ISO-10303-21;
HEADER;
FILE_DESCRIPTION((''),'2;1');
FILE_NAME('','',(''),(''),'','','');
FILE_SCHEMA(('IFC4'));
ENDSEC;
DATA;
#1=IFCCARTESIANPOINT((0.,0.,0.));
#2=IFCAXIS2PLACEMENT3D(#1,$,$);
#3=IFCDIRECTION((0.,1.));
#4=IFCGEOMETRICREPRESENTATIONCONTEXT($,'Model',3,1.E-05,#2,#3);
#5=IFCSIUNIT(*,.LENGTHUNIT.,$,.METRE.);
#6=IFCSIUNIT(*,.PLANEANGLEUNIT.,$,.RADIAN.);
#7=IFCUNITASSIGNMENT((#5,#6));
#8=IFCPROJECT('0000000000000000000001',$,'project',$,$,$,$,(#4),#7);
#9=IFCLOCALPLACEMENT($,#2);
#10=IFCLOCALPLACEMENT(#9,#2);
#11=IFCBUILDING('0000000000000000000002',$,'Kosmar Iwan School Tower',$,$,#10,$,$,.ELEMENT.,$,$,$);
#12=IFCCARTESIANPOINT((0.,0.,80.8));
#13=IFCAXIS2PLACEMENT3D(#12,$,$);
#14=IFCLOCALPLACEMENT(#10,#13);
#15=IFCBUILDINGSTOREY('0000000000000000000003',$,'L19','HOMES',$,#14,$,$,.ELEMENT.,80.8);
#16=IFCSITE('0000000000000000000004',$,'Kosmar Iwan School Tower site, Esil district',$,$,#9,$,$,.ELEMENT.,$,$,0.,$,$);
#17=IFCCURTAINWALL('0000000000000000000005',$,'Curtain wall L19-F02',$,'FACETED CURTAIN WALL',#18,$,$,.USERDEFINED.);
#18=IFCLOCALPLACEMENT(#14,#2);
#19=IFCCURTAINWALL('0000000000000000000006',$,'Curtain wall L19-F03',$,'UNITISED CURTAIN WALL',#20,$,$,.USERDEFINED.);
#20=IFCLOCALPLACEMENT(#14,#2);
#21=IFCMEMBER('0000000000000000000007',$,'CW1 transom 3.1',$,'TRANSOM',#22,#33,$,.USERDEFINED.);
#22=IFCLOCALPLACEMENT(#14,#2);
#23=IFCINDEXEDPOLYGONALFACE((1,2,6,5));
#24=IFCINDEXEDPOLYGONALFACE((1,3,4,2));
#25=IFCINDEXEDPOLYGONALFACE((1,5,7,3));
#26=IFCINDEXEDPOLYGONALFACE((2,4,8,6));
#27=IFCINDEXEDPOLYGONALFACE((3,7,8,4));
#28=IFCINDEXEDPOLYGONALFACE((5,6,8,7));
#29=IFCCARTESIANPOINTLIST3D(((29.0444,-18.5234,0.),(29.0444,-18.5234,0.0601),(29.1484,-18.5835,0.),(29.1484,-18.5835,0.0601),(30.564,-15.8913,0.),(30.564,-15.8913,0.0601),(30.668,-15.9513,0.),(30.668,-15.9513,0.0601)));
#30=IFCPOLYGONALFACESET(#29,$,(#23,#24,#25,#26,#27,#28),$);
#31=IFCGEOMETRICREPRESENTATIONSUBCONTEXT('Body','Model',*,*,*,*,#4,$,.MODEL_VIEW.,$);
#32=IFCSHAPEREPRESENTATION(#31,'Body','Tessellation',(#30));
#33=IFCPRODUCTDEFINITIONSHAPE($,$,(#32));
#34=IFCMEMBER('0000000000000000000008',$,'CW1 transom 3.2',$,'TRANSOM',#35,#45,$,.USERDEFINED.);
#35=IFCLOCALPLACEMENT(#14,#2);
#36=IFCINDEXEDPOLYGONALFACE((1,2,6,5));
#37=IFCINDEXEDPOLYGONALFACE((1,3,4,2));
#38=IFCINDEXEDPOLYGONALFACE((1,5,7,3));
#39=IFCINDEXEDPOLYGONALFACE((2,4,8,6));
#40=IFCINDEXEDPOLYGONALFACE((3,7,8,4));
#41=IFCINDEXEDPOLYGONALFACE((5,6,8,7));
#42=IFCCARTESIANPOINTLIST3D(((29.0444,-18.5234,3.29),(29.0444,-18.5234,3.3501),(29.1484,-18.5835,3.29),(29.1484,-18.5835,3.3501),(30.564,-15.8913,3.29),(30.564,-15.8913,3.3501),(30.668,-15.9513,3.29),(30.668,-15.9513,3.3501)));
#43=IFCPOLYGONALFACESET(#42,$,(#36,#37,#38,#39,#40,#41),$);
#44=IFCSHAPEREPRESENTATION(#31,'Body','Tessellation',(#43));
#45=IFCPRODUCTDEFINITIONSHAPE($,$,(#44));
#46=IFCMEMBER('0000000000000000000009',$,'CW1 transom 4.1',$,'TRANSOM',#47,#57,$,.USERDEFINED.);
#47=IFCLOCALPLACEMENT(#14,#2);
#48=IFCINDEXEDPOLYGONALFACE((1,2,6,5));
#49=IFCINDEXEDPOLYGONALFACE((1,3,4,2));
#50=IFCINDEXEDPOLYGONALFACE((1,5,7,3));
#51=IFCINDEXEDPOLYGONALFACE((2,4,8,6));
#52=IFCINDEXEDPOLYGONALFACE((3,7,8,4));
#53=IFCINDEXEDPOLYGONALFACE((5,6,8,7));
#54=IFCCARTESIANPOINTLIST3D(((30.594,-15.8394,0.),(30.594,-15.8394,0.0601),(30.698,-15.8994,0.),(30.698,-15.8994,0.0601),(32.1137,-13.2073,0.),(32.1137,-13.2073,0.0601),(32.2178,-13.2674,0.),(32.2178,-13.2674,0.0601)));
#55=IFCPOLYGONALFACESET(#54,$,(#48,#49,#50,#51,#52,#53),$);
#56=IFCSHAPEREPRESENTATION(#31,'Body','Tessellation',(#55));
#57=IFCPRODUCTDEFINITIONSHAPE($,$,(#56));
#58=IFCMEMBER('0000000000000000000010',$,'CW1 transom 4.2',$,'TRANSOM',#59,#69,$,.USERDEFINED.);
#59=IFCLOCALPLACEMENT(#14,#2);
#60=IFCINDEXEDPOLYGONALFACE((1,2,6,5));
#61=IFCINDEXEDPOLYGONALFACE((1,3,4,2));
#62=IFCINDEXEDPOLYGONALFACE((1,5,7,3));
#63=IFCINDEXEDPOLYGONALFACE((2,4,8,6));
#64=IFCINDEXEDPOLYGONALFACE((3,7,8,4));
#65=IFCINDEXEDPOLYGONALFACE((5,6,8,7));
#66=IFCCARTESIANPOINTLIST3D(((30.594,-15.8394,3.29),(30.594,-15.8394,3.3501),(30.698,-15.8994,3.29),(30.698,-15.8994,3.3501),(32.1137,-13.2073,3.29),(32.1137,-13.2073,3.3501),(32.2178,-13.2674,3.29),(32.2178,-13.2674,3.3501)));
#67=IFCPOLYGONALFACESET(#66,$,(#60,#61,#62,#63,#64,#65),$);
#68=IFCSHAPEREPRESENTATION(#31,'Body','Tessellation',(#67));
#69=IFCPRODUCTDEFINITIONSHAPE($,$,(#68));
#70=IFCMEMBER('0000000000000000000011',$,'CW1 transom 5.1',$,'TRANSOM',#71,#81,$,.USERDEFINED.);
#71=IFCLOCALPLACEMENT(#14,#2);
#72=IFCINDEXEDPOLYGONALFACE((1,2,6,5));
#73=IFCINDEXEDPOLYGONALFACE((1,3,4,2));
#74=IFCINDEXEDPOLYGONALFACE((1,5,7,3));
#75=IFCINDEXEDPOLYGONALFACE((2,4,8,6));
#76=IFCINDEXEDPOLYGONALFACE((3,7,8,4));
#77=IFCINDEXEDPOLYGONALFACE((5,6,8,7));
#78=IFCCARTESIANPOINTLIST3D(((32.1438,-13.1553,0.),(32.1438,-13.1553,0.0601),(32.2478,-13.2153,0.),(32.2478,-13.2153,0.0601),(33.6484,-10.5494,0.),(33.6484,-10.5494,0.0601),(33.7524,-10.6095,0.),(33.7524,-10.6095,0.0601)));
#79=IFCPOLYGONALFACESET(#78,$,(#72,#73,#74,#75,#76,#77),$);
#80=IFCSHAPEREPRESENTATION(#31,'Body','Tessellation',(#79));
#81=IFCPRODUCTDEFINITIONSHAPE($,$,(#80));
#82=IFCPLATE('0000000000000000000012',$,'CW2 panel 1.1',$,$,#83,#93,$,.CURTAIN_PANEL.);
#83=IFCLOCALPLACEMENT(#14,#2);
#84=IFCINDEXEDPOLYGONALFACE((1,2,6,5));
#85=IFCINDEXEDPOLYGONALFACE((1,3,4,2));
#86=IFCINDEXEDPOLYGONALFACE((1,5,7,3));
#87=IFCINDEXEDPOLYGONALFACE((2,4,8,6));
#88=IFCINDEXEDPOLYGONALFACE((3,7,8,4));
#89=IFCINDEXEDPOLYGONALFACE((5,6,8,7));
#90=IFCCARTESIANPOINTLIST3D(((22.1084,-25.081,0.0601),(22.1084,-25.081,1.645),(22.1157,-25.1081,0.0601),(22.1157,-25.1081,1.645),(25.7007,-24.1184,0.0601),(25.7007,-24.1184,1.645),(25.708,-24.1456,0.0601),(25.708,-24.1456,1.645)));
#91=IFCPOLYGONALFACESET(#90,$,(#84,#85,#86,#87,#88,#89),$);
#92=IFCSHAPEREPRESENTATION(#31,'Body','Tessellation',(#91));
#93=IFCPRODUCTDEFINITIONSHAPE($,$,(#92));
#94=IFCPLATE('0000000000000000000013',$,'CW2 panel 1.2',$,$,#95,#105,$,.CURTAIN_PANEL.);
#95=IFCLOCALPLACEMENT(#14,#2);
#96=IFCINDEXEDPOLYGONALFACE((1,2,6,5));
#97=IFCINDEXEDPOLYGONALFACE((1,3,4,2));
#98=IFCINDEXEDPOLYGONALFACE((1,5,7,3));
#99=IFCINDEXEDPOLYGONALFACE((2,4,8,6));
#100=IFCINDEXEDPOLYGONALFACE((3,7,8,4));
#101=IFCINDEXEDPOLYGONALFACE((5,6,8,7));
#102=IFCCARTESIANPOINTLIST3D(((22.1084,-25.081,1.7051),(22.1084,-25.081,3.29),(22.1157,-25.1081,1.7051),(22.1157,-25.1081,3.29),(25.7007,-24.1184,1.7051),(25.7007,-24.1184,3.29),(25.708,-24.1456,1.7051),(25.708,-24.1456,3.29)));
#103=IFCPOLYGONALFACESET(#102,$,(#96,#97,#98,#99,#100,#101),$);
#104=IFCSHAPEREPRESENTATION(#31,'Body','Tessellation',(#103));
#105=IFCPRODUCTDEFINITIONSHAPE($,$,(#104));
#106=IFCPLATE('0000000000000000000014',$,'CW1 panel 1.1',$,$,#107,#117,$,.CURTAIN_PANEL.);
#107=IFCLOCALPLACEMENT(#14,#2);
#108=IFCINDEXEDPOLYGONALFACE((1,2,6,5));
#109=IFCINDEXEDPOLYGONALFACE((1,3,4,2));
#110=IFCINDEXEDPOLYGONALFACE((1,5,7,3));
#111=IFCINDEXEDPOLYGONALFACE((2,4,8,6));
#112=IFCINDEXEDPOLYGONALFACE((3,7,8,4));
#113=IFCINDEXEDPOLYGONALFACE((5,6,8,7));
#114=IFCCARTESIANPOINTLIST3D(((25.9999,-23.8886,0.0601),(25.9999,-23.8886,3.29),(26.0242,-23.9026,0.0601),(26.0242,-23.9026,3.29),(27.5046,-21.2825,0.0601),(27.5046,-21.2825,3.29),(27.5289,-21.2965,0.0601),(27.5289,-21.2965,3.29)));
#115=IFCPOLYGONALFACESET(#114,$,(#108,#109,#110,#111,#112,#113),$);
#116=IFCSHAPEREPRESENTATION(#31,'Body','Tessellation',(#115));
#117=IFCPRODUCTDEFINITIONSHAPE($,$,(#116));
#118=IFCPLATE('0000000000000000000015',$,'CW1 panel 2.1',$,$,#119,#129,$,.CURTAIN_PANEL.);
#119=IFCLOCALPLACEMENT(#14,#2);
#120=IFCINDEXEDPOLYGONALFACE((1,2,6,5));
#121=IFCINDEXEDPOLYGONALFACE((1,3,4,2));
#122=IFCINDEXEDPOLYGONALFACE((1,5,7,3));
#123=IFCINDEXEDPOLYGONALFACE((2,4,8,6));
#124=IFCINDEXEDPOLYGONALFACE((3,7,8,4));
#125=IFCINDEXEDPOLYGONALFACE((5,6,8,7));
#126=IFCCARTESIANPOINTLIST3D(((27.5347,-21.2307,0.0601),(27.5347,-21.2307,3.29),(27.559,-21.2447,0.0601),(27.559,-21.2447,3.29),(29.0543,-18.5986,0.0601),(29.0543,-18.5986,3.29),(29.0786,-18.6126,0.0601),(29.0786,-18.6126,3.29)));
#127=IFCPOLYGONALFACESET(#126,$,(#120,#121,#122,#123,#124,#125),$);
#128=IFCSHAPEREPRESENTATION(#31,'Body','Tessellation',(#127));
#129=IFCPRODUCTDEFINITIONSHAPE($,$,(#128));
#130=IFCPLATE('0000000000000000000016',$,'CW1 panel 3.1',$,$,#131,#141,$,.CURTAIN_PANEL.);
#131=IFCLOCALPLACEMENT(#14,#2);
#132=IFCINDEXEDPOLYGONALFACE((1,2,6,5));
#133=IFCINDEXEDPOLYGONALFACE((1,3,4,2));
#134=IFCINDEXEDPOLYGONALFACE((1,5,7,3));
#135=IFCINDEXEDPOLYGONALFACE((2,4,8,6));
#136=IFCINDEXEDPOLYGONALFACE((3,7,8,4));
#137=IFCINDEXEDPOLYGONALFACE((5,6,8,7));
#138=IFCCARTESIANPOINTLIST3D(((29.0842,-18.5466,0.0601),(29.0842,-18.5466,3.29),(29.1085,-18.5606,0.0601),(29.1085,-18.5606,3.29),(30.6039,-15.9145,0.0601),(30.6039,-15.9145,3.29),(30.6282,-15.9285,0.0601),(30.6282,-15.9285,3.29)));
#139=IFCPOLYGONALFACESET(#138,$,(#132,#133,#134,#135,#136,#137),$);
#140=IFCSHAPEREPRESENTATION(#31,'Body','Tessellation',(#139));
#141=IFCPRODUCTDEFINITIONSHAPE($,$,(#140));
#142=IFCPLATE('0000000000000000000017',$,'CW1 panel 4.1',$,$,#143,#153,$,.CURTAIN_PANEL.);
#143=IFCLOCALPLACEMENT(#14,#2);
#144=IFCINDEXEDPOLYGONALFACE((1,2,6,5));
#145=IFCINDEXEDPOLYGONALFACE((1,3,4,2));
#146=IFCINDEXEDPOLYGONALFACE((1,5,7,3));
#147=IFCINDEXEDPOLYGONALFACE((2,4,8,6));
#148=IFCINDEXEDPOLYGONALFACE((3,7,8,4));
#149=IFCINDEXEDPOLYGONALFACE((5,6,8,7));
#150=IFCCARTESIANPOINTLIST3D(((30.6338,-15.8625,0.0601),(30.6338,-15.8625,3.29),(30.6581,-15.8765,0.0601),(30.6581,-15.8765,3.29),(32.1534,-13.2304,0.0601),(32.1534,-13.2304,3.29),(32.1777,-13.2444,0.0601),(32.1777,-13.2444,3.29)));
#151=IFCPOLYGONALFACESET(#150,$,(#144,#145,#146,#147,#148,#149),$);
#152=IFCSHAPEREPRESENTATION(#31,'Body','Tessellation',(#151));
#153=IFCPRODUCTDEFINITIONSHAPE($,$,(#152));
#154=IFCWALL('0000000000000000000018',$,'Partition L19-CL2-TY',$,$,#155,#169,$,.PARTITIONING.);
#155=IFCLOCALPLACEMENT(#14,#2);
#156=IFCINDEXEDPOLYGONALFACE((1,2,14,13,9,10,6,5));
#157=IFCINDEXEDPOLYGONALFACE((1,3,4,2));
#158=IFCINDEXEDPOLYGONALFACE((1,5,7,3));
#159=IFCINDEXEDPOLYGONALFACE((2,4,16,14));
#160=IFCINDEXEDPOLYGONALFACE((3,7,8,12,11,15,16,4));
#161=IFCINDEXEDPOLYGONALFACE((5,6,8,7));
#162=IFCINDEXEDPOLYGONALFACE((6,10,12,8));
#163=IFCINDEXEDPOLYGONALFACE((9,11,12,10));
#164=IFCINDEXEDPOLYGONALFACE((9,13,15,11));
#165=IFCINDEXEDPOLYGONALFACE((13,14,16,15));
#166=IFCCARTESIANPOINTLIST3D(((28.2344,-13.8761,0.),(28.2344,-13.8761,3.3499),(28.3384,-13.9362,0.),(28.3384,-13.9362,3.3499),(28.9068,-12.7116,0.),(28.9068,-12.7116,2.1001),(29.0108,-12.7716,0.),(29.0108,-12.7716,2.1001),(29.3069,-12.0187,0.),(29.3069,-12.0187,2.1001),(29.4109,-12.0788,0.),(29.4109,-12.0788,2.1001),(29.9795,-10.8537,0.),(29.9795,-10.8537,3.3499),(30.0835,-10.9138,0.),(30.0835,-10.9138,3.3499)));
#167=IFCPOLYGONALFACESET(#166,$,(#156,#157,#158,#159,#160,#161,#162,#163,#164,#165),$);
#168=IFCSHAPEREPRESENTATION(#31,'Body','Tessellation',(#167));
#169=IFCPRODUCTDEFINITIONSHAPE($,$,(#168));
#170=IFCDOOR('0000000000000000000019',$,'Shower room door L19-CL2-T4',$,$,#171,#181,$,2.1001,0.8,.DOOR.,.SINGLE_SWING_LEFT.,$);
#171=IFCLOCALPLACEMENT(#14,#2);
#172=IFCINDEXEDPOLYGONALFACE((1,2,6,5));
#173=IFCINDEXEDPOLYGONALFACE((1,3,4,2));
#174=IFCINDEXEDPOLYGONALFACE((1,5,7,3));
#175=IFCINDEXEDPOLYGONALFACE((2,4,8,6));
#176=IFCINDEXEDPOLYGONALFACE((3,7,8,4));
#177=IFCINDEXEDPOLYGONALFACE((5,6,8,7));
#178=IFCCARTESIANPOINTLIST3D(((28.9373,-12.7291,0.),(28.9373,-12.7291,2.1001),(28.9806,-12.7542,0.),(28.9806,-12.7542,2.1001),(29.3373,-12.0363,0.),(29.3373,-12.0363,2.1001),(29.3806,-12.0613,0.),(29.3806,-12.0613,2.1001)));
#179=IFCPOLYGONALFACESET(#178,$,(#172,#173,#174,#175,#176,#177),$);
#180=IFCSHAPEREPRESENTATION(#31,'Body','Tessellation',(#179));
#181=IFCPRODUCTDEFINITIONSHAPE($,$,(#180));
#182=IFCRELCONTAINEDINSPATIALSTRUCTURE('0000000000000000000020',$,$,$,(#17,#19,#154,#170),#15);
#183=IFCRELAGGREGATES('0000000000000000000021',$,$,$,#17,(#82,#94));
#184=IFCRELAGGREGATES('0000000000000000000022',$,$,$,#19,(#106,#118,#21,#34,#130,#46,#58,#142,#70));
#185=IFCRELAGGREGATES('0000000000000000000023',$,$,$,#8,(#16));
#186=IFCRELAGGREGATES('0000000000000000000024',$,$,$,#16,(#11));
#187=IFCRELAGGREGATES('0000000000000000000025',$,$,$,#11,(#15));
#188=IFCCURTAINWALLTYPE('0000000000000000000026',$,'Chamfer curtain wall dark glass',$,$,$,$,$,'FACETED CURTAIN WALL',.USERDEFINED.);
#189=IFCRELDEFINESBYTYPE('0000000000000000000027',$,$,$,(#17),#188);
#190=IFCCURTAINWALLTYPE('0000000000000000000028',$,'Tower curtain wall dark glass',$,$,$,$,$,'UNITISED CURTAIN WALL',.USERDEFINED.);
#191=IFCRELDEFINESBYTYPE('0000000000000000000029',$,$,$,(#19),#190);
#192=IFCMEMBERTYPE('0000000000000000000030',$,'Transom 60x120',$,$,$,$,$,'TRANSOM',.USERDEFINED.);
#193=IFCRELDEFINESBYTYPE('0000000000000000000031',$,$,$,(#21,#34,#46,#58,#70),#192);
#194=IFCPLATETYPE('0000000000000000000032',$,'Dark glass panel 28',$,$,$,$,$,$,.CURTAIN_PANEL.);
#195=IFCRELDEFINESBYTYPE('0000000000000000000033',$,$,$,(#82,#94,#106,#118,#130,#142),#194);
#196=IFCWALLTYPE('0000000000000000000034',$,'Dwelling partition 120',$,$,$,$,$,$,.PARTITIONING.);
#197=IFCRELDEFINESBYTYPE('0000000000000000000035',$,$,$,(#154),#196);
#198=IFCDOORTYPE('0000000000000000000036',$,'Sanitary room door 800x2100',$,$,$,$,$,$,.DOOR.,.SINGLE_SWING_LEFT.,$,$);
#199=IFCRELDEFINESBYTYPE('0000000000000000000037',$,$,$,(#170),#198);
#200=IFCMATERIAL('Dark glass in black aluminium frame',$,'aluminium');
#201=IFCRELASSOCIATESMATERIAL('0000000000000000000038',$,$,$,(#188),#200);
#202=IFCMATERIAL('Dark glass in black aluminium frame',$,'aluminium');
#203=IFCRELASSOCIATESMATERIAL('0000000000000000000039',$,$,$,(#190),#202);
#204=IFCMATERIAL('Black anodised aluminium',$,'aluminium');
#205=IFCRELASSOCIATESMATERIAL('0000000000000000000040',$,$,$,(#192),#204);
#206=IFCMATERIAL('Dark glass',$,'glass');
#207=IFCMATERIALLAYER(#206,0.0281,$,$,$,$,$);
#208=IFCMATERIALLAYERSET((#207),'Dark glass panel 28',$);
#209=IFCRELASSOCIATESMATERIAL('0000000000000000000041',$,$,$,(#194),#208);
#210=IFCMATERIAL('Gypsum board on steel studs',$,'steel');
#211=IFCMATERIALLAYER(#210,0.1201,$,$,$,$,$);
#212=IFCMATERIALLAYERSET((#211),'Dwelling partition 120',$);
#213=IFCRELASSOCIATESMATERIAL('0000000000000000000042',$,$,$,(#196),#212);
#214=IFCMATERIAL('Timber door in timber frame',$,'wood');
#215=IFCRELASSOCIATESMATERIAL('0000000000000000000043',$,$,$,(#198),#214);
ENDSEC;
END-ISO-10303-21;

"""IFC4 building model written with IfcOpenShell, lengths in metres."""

from ifc_helpers import new_model, si_unit, direction, frame, frame_2d, origin, origin_2d, place, context, subcontext, project, spatial, rectangle, extrude, material, layer, layer_set, material_profile, profile_set, type_object, element, fill, aggregate, save


model = new_model("IFC4")

# Units and contexts
model_context = context("Model", 3, precision=1e-05, world=origin(), true_north=direction((0.0, 1.0)))
body_context = subcontext(model_context, "Body", "Model", "MODEL_VIEW")
ifc_project = project(units=[si_unit("LENGTHUNIT", "METRE"), si_unit("PLANEANGLEUNIT", "RADIAN")], contexts=[model_context])

# Site, building, storey
site_placement = place(None, origin())
site = spatial("IfcSite", under=ifc_project, at=site_placement, Name="Kosmar Iwan School Tower site, Esil district", CompositionType="ELEMENT", RefElevation=0.0)
building_placement = place(site_placement, origin())
building = spatial("IfcBuilding", under=site, at=building_placement, Name="Kosmar Iwan School Tower", CompositionType="ELEMENT")
storey_placement = place(building_placement, frame((0.0, 0.0, 80.8)))
storey = spatial("IfcBuildingStorey", under=building, at=storey_placement, Name="L19", Description="HOMES", CompositionType="ELEMENT", Elevation=80.8)

# Curtain wall
ifc_material_1 = material(Name="Dark glass in black aluminium frame", Category="aluminium")
curtain_wall_type_1 = type_object("IfcCurtainWallType", Name="Chamfer curtain wall dark glass", ElementType="FACETED CURTAIN WALL", PredefinedType="USERDEFINED", material=ifc_material_1)
curtain_wall_1_placement = place(storey_placement, origin())
curtain_wall_1 = element("IfcCurtainWall", 1, at=curtain_wall_1_placement, inside=storey, type_object=curtain_wall_type_1, Name="Curtain wall L19-F02", ObjectType="FACETED CURTAIN WALL", PredefinedType="USERDEFINED")

# Curtain wall
ifc_material_2 = material(Name="Dark glass in black aluminium frame", Category="aluminium")
curtain_wall_type_2 = type_object("IfcCurtainWallType", Name="Tower curtain wall dark glass", ElementType="UNITISED CURTAIN WALL", PredefinedType="USERDEFINED", material=ifc_material_2)
curtain_wall_2_placement = place(storey_placement, origin())
curtain_wall_2 = element("IfcCurtainWall", 2, at=curtain_wall_2_placement, inside=storey, type_object=curtain_wall_type_2, Name="Curtain wall L19-F03", ObjectType="UNITISED CURTAIN WALL", PredefinedType="USERDEFINED")

# Members
ifc_material_3 = material(Name="Black anodised aluminium", Category="aluminium")
ifc_material_profile_1 = material_profile(ifc_material_3, rectangle(XDim=0.1201, YDim=0.0601, at=origin_2d()), Name="TRANSOM 60x120")
ifc_profile_set_1 = profile_set([ifc_material_profile_1], Name="Black anodised aluminium")
member_type_1 = type_object("IfcMemberType", Name="Transom 60x120", ElementType="TRANSOM", PredefinedType="USERDEFINED", material=ifc_profile_set_1)
member_1_placement = place(storey_placement, frame((29.0964, -18.5535, 0.03), z_axis=(0.499975, 0.86604, 0.0), x_axis=(-0.86604, 0.499975, 0.0)))
member_1 = element("IfcMember", 3, at=member_1_placement, type_object=member_type_1, Name="CW1 transom 3.1", ObjectType="TRANSOM", PredefinedType="USERDEFINED", context=body_context, shape_type="SweptSolid", body=[
    extrude(rectangle(XDim=0.1201, YDim=0.0601, at=origin_2d()), origin(), (0.0, 0.0, 1.0), 3.0393),
])
member_2_placement = place(storey_placement, frame((29.0964, -18.5535, 3.3201), z_axis=(0.499975, 0.86604, 0.0), x_axis=(-0.86604, 0.499975, 0.0)))
member_2 = element("IfcMember", 4, at=member_2_placement, type_object=member_type_1, Name="CW1 transom 3.2", ObjectType="TRANSOM", PredefinedType="USERDEFINED", context=body_context, shape_type="SweptSolid", body=[
    extrude(rectangle(XDim=0.1201, YDim=0.0601, at=origin_2d()), origin(), (0.0, 0.0, 1.0), 3.0393),
])
member_3_placement = place(storey_placement, frame((30.646, -15.8694, 0.03), z_axis=(0.500035, 0.866005, 0.0), x_axis=(-0.866005, 0.500035, 0.0)))
member_3 = element("IfcMember", 5, at=member_3_placement, type_object=member_type_1, Name="CW1 transom 4.1", ObjectType="TRANSOM", PredefinedType="USERDEFINED", context=body_context, shape_type="SweptSolid", body=[
    extrude(rectangle(XDim=0.1201, YDim=0.0601, at=origin_2d()), origin(), (0.0, 0.0, 1.0), 3.0393),
])
member_4_placement = place(storey_placement, frame((30.646, -15.8694, 3.3201), z_axis=(0.500035, 0.866005, 0.0), x_axis=(-0.866005, 0.500035, 0.0)))
member_4 = element("IfcMember", 6, at=member_4_placement, type_object=member_type_1, Name="CW1 transom 4.2", ObjectType="TRANSOM", PredefinedType="USERDEFINED", context=body_context, shape_type="SweptSolid", body=[
    extrude(rectangle(XDim=0.1201, YDim=0.0601, at=origin_2d()), origin(), (0.0, 0.0, 1.0), 3.0393),
])
member_5_placement = place(storey_placement, frame((32.1958, -13.1853, 0.03), z_axis=(0.500022, 0.866013, 0.0), x_axis=(-0.866013, 0.500022, 0.0)))
member_5 = element("IfcMember", 7, at=member_5_placement, type_object=member_type_1, Name="CW1 transom 5.1", ObjectType="TRANSOM", PredefinedType="USERDEFINED", context=body_context, shape_type="SweptSolid", body=[
    extrude(rectangle(XDim=0.1201, YDim=0.0601, at=origin_2d()), origin(), (0.0, 0.0, 1.0), 3.009),
])

# Plates
ifc_material_4 = material(Name="Dark glass", Category="glass")
ifc_layer_1 = layer(ifc_material_4, 0.0281)
ifc_layer_set_1 = layer_set([ifc_layer_1], Name="Dark glass panel 28")
plate_type = type_object("IfcPlateType", Name="Dark glass panel 28", PredefinedType="CURTAIN_PANEL", material=ifc_layer_set_1)
plate_1_placement = place(storey_placement, frame((23.9082, -24.6133, 0.0601), z_axis=(0.0, 0.0, 1.0), x_axis=(0.965926, 0.258819, 0.0)))
plate_1 = element("IfcPlate", 8, at=plate_1_placement, type_object=plate_type, Name="CW2 panel 1.1", PredefinedType="CURTAIN_PANEL", context=body_context, shape_type="SweptSolid", body=[
    extrude(rectangle(XDim=3.719, YDim=0.0281, at=origin_2d()), origin(), (0.0, 0.0, 1.0), 1.585),
])
plate_2_placement = place(storey_placement, frame((23.9082, -24.6133, 1.7051), z_axis=(0.0, 0.0, 1.0), x_axis=(0.965926, 0.258819, 0.0)))
plate_2 = element("IfcPlate", 9, at=plate_2_placement, type_object=plate_type, Name="CW2 panel 1.2", PredefinedType="CURTAIN_PANEL", context=body_context, shape_type="SweptSolid", body=[
    extrude(rectangle(XDim=3.719, YDim=0.0281, at=origin_2d()), origin(), (0.0, 0.0, 1.0), 1.585),
])
aggregate(curtain_wall_1, [plate_1, plate_2])
plate_3_placement = place(storey_placement, frame((26.7644, -22.5925, 0.0601), z_axis=(0.0, 0.0, 1.0), x_axis=(0.5, 0.866025, 0.0)))
plate_3 = element("IfcPlate", 10, at=plate_3_placement, type_object=plate_type, Name="CW1 panel 1.1", PredefinedType="CURTAIN_PANEL", context=body_context, shape_type="SweptSolid", body=[
    extrude(rectangle(XDim=3.0093, YDim=0.0281, at=origin_2d()), origin(), (0.0, 0.0, 1.0), 3.23),
])
plate_4_placement = place(storey_placement, frame((28.3066, -19.9216, 0.0601), z_axis=(0.0, 0.0, 1.0), x_axis=(0.5, 0.866025, 0.0)))
plate_4 = element("IfcPlate", 11, at=plate_4_placement, type_object=plate_type, Name="CW1 panel 2.1", PredefinedType="CURTAIN_PANEL", context=body_context, shape_type="SweptSolid", body=[
    extrude(rectangle(XDim=3.0393, YDim=0.0281, at=origin_2d()), origin(), (0.0, 0.0, 1.0), 3.23),
])
plate_5_placement = place(storey_placement, frame((29.8562, -17.2375, 0.0601), z_axis=(0.0, 0.0, 1.0), x_axis=(0.5, 0.866025, 0.0)))
plate_5 = element("IfcPlate", 12, at=plate_5_placement, type_object=plate_type, Name="CW1 panel 3.1", PredefinedType="CURTAIN_PANEL", context=body_context, shape_type="SweptSolid", body=[
    extrude(rectangle(XDim=3.0393, YDim=0.0281, at=origin_2d()), origin(), (0.0, 0.0, 1.0), 3.23),
])
plate_6_placement = place(storey_placement, frame((31.4058, -14.5535, 0.0601), z_axis=(0.0, 0.0, 1.0), x_axis=(0.5, 0.866025, 0.0)))
plate_6 = element("IfcPlate", 13, at=plate_6_placement, type_object=plate_type, Name="CW1 panel 4.1", PredefinedType="CURTAIN_PANEL", context=body_context, shape_type="SweptSolid", body=[
    extrude(rectangle(XDim=3.0393, YDim=0.0281, at=origin_2d()), origin(), (0.0, 0.0, 1.0), 3.23),
])
aggregate(curtain_wall_2, [plate_3, plate_4, member_1, member_2, plate_5, member_3, member_4, plate_6, member_5])

# Wall, opening, door
ifc_material_5 = material(Name="Gypsum board on steel studs", Category="steel")
ifc_layer_2 = layer(ifc_material_5, 0.1201)
ifc_layer_set_2 = layer_set([ifc_layer_2], Name="Dwelling partition 120")
wall_type = type_object("IfcWallType", Name="Dwelling partition 120", PredefinedType="PARTITIONING", material=ifc_layer_set_2)
wall_1_placement = place(storey_placement, frame((28.2864, -13.9062, 0.0), z_axis=(0.0, 0.0, 1.0), x_axis=(0.500021, 0.866013, 0.0)))
wall_1 = element("IfcWall", 14, at=wall_1_placement, inside=storey, type_object=wall_type, Name="Partition L19-CL2-TY", PredefinedType="PARTITIONING", context=body_context, shape_type="SweptSolid", body=[
    extrude(rectangle(XDim=3.49, YDim=0.1201, at=frame_2d((1.7451, 0.0))), origin(), (0.0, 0.0, 1.0), 3.3499),
])
opening_placement = place(wall_1_placement, frame((1.345, 0.0, 0.0)))
opening = element("IfcOpeningElement", 15, at=opening_placement, cuts=wall_1, PredefinedType="OPENING", context=body_context, shape_type="SweptSolid", body=[
    extrude(rectangle(XDim=0.8, YDim=2.1001, at=frame_2d((0.3999, 1.05))), frame((0.0, 0.072, 0.0), z_axis=(0.0, -1.0, 0.0), x_axis=(1.0, 0.0, 0.0)), (0.0, 0.0, 1.0), 0.144),
])
ifc_material_6 = material(Name="Timber door in timber frame", Category="wood")
door_type = type_object("IfcDoorType", Name="Sanitary room door 800x2100", OperationType="SINGLE_SWING_LEFT", PredefinedType="DOOR", material=ifc_material_6)
door_placement = place(opening_placement, origin())
door = element("IfcDoor", 16, at=door_placement, inside=storey, type_object=door_type, Name="Shower room door L19-CL2-T4", OperationType="SINGLE_SWING_LEFT", OverallHeight=2.1001, OverallWidth=0.8, PredefinedType="DOOR", context=body_context, shape_type="SweptSolid", body=[
    extrude(rectangle(XDim=0.8, YDim=2.1001, at=frame_2d((0.3999, 1.05))), frame((0.0, 0.0249, 0.0), z_axis=(0.0, -1.0, 0.0), x_axis=(1.0, 0.0, 0.0)), (0.0, 0.0, 1.0), 0.05),
])
fill(opening, door)

save(model, "model.ifc")
